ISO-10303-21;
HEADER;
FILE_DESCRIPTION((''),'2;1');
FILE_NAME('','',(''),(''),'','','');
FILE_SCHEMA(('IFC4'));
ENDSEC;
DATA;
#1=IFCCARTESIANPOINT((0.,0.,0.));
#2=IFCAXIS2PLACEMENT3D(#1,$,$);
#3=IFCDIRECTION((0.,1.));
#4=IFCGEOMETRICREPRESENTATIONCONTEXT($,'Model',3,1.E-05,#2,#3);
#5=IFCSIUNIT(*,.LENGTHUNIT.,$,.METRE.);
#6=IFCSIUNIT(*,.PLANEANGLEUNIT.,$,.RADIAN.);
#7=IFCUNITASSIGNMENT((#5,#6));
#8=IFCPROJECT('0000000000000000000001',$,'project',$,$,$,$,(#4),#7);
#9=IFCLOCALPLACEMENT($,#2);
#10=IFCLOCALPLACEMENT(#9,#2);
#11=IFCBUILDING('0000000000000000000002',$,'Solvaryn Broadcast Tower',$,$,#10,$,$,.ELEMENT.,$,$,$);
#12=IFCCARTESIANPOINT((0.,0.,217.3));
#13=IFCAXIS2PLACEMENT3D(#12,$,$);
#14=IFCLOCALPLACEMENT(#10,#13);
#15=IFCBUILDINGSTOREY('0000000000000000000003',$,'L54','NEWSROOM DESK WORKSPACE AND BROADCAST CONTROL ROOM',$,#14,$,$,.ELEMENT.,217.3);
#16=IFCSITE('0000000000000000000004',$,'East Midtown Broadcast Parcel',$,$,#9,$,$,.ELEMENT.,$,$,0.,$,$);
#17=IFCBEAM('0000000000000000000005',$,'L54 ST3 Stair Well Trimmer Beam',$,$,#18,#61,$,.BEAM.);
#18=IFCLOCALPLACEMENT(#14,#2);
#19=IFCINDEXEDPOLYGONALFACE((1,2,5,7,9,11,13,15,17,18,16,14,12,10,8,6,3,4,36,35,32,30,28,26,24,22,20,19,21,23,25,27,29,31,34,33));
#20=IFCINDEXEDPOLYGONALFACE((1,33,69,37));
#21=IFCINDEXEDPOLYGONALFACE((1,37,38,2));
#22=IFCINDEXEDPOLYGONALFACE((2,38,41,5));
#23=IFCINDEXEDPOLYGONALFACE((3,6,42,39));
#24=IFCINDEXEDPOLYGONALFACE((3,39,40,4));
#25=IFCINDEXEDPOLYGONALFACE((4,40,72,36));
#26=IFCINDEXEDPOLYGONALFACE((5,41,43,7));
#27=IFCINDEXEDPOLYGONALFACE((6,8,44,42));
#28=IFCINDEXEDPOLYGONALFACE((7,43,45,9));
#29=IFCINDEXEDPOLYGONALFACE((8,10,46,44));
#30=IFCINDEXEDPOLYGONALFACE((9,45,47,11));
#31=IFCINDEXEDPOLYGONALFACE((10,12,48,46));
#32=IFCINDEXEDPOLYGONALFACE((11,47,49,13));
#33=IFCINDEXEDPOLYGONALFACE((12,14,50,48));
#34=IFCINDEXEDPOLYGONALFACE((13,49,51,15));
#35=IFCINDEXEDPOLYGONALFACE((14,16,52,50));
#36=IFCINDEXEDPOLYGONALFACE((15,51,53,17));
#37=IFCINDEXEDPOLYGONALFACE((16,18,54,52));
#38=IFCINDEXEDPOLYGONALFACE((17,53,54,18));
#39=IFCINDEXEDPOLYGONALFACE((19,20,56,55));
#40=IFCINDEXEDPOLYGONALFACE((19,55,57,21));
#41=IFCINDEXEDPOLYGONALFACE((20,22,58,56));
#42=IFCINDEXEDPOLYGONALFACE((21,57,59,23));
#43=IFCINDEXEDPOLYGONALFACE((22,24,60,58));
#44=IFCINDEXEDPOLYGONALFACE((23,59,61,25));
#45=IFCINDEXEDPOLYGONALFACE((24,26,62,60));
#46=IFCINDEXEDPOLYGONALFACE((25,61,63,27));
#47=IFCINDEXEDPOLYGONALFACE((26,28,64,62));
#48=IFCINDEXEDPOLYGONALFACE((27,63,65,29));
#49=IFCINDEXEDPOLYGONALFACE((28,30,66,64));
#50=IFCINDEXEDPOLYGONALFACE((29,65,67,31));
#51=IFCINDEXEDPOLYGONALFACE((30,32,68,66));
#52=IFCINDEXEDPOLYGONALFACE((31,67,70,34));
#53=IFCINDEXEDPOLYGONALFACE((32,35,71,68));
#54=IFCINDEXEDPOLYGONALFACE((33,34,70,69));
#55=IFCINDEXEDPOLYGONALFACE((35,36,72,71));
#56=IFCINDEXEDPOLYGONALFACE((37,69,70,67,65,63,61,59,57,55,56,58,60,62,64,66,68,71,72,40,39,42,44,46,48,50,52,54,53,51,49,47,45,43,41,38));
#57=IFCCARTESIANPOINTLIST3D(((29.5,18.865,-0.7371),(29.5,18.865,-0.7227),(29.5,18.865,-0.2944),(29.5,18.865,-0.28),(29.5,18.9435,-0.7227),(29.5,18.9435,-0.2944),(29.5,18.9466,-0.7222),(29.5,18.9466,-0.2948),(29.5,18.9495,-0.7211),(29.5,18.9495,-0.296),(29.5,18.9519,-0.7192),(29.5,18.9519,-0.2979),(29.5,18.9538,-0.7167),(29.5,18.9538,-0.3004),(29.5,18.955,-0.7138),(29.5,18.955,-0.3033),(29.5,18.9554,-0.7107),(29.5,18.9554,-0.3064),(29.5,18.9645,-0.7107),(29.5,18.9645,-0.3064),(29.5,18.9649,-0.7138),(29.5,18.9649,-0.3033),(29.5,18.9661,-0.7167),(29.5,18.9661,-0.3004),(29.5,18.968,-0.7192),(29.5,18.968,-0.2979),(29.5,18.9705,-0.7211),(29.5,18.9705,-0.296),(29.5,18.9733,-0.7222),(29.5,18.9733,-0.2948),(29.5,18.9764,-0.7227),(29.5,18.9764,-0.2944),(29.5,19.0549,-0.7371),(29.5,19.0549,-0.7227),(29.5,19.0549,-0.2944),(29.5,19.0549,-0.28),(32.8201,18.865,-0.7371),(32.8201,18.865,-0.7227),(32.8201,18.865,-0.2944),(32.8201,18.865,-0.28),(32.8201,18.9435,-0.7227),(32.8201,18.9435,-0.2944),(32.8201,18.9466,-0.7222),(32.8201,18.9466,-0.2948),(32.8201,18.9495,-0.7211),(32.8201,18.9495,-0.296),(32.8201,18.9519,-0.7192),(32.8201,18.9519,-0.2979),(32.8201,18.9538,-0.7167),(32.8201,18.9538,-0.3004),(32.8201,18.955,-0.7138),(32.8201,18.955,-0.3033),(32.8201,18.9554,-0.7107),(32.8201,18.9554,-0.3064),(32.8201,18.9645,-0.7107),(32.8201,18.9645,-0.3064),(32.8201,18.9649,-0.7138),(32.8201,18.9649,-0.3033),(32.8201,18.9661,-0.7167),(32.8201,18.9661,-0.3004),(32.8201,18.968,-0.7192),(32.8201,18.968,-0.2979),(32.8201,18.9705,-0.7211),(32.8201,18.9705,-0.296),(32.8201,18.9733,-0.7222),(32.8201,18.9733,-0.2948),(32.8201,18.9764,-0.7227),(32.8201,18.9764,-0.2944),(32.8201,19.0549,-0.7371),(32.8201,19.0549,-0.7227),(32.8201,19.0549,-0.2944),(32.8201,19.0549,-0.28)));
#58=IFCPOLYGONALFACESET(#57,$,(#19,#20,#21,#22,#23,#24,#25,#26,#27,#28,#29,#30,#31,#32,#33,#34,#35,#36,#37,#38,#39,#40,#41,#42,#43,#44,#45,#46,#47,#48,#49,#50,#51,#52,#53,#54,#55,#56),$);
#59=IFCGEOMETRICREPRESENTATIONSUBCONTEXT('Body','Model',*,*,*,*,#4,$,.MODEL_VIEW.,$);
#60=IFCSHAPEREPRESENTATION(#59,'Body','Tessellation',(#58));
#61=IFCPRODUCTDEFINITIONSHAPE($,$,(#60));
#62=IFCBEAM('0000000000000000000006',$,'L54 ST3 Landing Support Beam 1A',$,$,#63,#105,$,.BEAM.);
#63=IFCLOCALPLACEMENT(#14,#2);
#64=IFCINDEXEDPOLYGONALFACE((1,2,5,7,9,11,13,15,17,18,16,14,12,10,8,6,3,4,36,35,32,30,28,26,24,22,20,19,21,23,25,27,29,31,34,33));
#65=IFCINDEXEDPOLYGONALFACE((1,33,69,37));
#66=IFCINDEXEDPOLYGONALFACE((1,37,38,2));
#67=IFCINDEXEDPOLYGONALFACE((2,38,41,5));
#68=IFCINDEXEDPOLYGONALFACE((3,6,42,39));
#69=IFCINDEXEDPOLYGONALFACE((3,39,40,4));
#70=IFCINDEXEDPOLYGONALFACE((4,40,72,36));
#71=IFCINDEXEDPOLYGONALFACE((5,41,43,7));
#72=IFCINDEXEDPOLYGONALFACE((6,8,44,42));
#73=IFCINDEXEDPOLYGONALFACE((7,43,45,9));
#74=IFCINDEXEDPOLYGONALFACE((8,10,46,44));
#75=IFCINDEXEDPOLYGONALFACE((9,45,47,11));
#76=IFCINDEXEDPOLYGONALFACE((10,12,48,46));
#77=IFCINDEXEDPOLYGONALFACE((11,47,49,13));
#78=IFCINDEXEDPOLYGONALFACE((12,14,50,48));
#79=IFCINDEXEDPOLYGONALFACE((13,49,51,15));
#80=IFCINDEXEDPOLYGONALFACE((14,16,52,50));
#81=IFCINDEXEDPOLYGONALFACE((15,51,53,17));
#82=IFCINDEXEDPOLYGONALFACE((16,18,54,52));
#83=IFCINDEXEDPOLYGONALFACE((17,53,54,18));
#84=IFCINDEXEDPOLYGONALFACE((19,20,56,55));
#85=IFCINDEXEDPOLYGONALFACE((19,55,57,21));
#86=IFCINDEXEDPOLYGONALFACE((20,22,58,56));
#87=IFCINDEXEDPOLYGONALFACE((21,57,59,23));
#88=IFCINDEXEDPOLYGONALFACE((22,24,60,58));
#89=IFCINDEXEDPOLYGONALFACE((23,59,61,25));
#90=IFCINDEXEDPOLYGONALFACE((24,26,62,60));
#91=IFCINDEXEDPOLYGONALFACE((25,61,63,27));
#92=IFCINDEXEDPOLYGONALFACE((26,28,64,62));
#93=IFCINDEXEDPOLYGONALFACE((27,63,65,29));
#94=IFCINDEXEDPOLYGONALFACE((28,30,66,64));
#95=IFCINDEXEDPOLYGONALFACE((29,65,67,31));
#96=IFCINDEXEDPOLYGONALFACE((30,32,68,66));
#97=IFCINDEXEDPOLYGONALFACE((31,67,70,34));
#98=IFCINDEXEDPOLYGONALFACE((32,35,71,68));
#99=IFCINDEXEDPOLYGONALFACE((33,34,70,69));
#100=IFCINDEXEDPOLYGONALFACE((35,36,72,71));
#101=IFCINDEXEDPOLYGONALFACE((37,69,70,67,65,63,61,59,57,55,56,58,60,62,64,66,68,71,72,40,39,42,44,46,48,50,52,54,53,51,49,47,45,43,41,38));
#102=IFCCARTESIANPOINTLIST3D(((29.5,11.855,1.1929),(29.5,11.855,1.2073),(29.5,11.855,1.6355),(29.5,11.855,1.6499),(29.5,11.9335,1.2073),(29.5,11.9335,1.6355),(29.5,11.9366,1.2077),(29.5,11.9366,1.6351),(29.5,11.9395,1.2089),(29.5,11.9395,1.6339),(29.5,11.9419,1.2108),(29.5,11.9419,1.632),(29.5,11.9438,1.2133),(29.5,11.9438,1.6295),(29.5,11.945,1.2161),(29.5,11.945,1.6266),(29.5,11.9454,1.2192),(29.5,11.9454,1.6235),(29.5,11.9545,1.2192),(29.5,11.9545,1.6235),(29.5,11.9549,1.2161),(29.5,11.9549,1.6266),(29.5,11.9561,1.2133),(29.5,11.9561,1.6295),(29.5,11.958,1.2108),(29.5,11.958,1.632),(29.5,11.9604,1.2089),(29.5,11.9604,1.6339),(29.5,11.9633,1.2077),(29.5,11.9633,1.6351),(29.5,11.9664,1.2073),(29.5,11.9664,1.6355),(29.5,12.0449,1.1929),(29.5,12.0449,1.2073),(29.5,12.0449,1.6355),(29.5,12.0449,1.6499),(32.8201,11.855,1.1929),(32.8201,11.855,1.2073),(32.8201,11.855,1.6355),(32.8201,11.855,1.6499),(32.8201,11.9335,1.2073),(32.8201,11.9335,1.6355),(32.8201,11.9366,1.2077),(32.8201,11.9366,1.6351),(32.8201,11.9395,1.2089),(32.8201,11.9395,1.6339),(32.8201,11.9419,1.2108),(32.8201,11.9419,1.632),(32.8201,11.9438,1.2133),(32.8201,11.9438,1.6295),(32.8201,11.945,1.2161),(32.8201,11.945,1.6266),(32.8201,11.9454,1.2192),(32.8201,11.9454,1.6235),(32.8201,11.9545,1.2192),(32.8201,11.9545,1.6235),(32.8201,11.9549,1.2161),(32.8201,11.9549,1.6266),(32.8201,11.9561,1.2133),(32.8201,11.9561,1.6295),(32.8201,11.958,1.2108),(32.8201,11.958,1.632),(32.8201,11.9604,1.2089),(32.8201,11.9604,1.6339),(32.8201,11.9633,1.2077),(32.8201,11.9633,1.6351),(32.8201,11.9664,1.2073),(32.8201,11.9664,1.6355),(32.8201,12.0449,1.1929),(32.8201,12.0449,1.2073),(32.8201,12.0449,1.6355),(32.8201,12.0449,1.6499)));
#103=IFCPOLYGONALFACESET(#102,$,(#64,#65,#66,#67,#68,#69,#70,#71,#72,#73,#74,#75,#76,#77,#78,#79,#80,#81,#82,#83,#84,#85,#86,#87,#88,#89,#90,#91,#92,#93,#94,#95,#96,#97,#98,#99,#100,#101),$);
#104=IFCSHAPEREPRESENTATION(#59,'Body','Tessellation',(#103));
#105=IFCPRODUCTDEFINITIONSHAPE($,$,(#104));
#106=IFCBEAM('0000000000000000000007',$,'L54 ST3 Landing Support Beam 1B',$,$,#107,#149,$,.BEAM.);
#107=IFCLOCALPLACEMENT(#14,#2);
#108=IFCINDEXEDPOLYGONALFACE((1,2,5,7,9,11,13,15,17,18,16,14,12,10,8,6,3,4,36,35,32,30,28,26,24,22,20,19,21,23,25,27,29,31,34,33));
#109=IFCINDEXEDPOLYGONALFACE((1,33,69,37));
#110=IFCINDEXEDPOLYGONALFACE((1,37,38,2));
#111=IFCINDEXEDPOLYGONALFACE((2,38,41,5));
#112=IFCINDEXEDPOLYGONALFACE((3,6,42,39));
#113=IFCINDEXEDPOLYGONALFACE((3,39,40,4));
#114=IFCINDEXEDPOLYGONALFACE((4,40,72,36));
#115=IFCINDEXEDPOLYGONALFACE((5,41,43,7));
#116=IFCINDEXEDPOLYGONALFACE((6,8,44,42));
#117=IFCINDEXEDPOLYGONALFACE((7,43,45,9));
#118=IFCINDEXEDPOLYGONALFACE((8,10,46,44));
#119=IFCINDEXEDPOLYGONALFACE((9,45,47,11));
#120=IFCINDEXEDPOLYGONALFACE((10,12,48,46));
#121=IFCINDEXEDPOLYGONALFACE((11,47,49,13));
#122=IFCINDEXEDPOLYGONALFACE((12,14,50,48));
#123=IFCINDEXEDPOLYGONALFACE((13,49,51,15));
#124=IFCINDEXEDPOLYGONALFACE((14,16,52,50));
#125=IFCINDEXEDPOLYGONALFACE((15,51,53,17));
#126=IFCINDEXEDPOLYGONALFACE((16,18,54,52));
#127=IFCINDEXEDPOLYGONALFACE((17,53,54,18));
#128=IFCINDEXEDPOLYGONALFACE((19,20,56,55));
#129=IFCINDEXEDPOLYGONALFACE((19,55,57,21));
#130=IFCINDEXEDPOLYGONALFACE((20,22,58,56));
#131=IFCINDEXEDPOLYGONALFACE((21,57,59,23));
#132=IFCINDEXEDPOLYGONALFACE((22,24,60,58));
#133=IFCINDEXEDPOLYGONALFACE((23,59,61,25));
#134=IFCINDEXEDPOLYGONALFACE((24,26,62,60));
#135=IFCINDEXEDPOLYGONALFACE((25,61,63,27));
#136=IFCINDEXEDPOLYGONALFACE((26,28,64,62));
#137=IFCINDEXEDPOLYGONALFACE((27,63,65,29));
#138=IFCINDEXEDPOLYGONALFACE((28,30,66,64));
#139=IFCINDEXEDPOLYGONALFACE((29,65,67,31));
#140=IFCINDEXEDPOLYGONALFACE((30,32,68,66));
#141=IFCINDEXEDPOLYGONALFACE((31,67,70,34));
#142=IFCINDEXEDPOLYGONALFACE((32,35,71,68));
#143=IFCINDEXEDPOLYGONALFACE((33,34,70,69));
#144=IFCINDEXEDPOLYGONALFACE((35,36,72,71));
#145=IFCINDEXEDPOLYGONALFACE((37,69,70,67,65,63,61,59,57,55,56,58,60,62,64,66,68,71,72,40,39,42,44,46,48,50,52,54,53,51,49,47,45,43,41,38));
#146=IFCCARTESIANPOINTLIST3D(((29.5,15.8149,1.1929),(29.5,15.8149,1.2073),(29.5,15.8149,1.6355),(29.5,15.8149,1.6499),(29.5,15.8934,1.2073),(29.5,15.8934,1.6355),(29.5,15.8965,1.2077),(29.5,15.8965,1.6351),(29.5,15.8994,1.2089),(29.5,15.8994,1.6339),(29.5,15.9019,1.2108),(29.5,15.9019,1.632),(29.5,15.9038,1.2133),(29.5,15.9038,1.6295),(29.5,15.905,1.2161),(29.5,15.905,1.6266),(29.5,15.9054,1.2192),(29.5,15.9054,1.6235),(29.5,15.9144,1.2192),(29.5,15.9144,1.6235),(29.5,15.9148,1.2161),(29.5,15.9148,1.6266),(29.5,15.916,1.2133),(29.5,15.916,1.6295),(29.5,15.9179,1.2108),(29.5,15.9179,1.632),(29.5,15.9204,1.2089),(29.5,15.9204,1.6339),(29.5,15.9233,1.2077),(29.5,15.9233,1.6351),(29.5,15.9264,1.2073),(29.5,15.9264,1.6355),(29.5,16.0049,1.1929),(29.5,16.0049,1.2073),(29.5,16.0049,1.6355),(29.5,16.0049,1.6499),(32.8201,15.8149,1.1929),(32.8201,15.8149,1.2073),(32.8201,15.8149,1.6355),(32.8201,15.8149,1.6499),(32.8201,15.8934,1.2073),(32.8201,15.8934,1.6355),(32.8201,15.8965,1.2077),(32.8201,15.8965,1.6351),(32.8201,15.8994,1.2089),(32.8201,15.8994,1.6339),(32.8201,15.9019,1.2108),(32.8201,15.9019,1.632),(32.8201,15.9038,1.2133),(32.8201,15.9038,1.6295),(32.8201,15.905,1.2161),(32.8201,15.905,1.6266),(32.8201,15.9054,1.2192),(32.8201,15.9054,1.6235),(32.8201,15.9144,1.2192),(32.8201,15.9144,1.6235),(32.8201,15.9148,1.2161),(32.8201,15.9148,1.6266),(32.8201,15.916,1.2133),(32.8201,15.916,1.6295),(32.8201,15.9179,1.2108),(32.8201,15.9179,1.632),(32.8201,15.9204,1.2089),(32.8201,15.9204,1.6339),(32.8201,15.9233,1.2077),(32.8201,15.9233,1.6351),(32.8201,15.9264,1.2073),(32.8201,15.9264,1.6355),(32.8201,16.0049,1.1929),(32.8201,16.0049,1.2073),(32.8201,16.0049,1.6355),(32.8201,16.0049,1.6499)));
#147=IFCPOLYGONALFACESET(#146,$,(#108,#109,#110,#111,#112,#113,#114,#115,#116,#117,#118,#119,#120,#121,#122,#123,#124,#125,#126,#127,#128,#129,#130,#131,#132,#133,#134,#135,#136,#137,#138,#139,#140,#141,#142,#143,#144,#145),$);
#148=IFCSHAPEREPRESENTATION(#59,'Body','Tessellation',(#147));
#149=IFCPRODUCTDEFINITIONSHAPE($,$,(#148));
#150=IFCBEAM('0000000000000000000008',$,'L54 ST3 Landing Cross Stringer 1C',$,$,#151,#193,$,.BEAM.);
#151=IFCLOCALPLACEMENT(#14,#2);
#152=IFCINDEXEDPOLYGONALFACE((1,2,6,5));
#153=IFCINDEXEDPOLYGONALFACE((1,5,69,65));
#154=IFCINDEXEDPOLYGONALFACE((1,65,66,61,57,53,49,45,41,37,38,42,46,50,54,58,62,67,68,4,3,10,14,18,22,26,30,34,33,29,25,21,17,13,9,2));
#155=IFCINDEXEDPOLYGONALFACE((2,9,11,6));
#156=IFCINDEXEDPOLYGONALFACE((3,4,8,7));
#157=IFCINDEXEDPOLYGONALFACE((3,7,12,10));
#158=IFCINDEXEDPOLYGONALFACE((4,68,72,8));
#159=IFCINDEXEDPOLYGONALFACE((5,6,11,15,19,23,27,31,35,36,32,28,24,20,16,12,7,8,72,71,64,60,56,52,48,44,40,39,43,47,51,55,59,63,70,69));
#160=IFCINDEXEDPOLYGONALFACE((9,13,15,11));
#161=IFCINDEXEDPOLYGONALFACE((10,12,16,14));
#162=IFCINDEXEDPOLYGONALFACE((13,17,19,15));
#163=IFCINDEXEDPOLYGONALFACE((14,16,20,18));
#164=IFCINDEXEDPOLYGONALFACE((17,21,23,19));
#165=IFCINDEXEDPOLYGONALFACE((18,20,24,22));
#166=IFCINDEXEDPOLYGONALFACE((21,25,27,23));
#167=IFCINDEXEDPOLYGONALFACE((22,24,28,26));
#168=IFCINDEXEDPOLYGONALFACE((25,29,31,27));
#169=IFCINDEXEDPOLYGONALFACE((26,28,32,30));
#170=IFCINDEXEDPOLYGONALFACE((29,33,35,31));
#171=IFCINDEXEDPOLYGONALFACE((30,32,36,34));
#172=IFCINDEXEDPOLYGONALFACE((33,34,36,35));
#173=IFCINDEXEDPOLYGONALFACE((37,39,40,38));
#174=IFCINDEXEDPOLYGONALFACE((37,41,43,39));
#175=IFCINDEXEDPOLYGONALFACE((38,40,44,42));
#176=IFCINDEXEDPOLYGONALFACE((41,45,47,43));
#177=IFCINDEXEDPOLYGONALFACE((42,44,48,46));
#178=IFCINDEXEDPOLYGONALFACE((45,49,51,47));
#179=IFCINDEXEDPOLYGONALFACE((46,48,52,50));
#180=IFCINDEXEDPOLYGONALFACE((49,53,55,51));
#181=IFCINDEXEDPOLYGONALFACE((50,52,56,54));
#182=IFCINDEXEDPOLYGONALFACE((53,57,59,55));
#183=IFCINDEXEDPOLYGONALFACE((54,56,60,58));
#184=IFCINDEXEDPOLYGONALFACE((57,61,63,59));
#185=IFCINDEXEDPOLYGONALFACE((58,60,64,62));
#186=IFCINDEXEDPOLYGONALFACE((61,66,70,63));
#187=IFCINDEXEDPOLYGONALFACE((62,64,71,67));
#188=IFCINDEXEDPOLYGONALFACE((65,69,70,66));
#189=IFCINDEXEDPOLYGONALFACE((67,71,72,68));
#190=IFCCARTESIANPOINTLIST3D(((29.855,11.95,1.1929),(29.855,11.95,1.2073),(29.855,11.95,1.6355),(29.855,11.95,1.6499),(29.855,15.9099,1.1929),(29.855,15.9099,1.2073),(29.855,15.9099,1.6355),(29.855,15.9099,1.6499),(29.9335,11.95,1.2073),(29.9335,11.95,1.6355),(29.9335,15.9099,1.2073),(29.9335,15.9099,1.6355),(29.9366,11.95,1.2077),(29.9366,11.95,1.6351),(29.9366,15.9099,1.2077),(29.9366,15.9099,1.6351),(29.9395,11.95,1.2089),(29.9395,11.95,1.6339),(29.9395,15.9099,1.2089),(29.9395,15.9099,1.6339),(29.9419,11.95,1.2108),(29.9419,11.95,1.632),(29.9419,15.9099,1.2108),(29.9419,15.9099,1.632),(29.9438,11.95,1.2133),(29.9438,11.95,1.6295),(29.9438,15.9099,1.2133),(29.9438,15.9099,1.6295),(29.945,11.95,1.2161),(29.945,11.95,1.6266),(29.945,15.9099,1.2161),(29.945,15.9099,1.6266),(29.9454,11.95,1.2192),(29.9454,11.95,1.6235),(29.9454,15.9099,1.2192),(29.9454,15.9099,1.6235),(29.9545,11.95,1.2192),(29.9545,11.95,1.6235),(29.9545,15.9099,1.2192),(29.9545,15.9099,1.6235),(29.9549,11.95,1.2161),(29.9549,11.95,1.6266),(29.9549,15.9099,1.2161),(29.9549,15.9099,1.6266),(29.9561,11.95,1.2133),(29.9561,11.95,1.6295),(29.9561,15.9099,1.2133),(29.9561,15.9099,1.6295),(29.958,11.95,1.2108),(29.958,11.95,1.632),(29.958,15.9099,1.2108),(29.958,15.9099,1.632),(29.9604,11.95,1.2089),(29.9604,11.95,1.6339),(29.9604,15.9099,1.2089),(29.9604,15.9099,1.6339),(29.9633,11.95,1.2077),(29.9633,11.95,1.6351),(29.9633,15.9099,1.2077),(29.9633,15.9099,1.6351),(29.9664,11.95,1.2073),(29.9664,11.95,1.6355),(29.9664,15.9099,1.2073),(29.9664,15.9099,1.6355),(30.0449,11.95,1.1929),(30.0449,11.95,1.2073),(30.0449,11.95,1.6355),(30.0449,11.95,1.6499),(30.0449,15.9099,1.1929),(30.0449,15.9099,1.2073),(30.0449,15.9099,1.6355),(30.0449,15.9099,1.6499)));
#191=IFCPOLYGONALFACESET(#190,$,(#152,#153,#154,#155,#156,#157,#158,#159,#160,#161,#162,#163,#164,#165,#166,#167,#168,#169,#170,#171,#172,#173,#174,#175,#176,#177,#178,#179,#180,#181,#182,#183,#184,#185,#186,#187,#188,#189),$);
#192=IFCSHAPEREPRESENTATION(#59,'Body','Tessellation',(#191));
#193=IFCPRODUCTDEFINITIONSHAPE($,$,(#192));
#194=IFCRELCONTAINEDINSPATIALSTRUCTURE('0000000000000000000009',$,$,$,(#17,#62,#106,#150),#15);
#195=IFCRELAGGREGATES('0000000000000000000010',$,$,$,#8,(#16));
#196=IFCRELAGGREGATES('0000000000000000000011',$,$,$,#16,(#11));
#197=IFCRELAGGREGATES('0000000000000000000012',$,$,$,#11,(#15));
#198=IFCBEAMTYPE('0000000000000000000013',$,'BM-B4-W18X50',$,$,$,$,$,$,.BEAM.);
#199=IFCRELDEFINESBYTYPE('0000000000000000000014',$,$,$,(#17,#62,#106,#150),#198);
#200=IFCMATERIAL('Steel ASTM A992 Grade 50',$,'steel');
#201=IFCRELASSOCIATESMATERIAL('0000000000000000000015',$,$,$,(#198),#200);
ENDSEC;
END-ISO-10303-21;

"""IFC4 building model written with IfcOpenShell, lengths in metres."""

from ifc_helpers import new_model, si_unit, direction, frame, origin, origin_2d, place, context, subcontext, project, spatial, i_section, extrude, material, material_profile, profile_set, type_object, element, save


model = new_model("IFC4")

# Units and contexts
model_context = context("Model", 3, precision=1e-05, world=origin(), true_north=direction((0.0, 1.0)))
body_context = subcontext(model_context, "Body", "Model", "MODEL_VIEW")
ifc_project = project(units=[si_unit("LENGTHUNIT", "METRE"), si_unit("PLANEANGLEUNIT", "RADIAN")], contexts=[model_context])

# Site, building, storey
site_placement = place(None, origin())
site = spatial("IfcSite", under=ifc_project, at=site_placement, Name="East Midtown Broadcast Parcel", CompositionType="ELEMENT", RefElevation=0.0)
building_placement = place(site_placement, origin())
building = spatial("IfcBuilding", under=site, at=building_placement, Name="Solvaryn Broadcast Tower", CompositionType="ELEMENT")
storey_placement = place(building_placement, frame((0.0, 0.0, 217.3)))
storey = spatial("IfcBuildingStorey", under=building, at=storey_placement, Name="L54", Description="NEWSROOM DESK WORKSPACE AND BROADCAST CONTROL ROOM", CompositionType="ELEMENT", Elevation=217.3)

# Beams
ifc_material_1 = material(Name="Steel ASTM A992 Grade 50", Category="steel")
ifc_material_profile_1 = material_profile(ifc_material_1, i_section(OverallWidth=0.1899, OverallDepth=0.457, WebThickness=0.009, FlangeThickness=0.0144, FilletRadius=0.012, at=origin_2d()))
ifc_profile_set_1 = profile_set([ifc_material_profile_1], Name="Steel ASTM A992 Grade 50")
beam_type_1 = type_object("IfcBeamType", Name="BM-B4-W18X50", PredefinedType="BEAM", material=ifc_profile_set_1)
for number, where, z_axis, x_axis, name in (
    (1, (29.5, 18.96, -0.5085), (1.0, 0.0, 0.0), (0.0, 1.0, 0.0), "L54 ST3 Stair Well Trimmer Beam"),
    (2, (29.5, 11.95, 1.4214), (1.0, 0.0, 0.0), (0.0, 1.0, 0.0), "L54 ST3 Landing Support Beam 1A"),
    (3, (29.5, 15.9099, 1.4214), (1.0, 0.0, 0.0), (0.0, 1.0, 0.0), "L54 ST3 Landing Support Beam 1B"),
):
    element("IfcBeam", number, at=place(storey_placement, frame(where, z_axis=z_axis, x_axis=x_axis)), inside=storey, type_object=beam_type_1, Name=name, PredefinedType="BEAM", context=body_context, shape_type="SweptSolid", body=[
        extrude(i_section(OverallWidth=0.1899, OverallDepth=0.457, WebThickness=0.009, FlangeThickness=0.0144, FilletRadius=0.012, at=origin_2d()), origin(), (0.0, 0.0, 1.0), 3.3201),
    ])
beam_1_placement = place(storey_placement, frame((29.95, 11.95, 1.4214), z_axis=(0.0, 1.0, 0.0), x_axis=(-1.0, 0.0, 0.0)))
element("IfcBeam", 4, at=beam_1_placement, inside=storey, type_object=beam_type_1, Name="L54 ST3 Landing Cross Stringer 1C", PredefinedType="BEAM", context=body_context, shape_type="SweptSolid", body=[
    extrude(i_section(OverallWidth=0.1899, OverallDepth=0.457, WebThickness=0.009, FlangeThickness=0.0144, FilletRadius=0.012, at=origin_2d()), origin(), (0.0, 0.0, 1.0), 3.96),
])

save(model, "model.ifc")
